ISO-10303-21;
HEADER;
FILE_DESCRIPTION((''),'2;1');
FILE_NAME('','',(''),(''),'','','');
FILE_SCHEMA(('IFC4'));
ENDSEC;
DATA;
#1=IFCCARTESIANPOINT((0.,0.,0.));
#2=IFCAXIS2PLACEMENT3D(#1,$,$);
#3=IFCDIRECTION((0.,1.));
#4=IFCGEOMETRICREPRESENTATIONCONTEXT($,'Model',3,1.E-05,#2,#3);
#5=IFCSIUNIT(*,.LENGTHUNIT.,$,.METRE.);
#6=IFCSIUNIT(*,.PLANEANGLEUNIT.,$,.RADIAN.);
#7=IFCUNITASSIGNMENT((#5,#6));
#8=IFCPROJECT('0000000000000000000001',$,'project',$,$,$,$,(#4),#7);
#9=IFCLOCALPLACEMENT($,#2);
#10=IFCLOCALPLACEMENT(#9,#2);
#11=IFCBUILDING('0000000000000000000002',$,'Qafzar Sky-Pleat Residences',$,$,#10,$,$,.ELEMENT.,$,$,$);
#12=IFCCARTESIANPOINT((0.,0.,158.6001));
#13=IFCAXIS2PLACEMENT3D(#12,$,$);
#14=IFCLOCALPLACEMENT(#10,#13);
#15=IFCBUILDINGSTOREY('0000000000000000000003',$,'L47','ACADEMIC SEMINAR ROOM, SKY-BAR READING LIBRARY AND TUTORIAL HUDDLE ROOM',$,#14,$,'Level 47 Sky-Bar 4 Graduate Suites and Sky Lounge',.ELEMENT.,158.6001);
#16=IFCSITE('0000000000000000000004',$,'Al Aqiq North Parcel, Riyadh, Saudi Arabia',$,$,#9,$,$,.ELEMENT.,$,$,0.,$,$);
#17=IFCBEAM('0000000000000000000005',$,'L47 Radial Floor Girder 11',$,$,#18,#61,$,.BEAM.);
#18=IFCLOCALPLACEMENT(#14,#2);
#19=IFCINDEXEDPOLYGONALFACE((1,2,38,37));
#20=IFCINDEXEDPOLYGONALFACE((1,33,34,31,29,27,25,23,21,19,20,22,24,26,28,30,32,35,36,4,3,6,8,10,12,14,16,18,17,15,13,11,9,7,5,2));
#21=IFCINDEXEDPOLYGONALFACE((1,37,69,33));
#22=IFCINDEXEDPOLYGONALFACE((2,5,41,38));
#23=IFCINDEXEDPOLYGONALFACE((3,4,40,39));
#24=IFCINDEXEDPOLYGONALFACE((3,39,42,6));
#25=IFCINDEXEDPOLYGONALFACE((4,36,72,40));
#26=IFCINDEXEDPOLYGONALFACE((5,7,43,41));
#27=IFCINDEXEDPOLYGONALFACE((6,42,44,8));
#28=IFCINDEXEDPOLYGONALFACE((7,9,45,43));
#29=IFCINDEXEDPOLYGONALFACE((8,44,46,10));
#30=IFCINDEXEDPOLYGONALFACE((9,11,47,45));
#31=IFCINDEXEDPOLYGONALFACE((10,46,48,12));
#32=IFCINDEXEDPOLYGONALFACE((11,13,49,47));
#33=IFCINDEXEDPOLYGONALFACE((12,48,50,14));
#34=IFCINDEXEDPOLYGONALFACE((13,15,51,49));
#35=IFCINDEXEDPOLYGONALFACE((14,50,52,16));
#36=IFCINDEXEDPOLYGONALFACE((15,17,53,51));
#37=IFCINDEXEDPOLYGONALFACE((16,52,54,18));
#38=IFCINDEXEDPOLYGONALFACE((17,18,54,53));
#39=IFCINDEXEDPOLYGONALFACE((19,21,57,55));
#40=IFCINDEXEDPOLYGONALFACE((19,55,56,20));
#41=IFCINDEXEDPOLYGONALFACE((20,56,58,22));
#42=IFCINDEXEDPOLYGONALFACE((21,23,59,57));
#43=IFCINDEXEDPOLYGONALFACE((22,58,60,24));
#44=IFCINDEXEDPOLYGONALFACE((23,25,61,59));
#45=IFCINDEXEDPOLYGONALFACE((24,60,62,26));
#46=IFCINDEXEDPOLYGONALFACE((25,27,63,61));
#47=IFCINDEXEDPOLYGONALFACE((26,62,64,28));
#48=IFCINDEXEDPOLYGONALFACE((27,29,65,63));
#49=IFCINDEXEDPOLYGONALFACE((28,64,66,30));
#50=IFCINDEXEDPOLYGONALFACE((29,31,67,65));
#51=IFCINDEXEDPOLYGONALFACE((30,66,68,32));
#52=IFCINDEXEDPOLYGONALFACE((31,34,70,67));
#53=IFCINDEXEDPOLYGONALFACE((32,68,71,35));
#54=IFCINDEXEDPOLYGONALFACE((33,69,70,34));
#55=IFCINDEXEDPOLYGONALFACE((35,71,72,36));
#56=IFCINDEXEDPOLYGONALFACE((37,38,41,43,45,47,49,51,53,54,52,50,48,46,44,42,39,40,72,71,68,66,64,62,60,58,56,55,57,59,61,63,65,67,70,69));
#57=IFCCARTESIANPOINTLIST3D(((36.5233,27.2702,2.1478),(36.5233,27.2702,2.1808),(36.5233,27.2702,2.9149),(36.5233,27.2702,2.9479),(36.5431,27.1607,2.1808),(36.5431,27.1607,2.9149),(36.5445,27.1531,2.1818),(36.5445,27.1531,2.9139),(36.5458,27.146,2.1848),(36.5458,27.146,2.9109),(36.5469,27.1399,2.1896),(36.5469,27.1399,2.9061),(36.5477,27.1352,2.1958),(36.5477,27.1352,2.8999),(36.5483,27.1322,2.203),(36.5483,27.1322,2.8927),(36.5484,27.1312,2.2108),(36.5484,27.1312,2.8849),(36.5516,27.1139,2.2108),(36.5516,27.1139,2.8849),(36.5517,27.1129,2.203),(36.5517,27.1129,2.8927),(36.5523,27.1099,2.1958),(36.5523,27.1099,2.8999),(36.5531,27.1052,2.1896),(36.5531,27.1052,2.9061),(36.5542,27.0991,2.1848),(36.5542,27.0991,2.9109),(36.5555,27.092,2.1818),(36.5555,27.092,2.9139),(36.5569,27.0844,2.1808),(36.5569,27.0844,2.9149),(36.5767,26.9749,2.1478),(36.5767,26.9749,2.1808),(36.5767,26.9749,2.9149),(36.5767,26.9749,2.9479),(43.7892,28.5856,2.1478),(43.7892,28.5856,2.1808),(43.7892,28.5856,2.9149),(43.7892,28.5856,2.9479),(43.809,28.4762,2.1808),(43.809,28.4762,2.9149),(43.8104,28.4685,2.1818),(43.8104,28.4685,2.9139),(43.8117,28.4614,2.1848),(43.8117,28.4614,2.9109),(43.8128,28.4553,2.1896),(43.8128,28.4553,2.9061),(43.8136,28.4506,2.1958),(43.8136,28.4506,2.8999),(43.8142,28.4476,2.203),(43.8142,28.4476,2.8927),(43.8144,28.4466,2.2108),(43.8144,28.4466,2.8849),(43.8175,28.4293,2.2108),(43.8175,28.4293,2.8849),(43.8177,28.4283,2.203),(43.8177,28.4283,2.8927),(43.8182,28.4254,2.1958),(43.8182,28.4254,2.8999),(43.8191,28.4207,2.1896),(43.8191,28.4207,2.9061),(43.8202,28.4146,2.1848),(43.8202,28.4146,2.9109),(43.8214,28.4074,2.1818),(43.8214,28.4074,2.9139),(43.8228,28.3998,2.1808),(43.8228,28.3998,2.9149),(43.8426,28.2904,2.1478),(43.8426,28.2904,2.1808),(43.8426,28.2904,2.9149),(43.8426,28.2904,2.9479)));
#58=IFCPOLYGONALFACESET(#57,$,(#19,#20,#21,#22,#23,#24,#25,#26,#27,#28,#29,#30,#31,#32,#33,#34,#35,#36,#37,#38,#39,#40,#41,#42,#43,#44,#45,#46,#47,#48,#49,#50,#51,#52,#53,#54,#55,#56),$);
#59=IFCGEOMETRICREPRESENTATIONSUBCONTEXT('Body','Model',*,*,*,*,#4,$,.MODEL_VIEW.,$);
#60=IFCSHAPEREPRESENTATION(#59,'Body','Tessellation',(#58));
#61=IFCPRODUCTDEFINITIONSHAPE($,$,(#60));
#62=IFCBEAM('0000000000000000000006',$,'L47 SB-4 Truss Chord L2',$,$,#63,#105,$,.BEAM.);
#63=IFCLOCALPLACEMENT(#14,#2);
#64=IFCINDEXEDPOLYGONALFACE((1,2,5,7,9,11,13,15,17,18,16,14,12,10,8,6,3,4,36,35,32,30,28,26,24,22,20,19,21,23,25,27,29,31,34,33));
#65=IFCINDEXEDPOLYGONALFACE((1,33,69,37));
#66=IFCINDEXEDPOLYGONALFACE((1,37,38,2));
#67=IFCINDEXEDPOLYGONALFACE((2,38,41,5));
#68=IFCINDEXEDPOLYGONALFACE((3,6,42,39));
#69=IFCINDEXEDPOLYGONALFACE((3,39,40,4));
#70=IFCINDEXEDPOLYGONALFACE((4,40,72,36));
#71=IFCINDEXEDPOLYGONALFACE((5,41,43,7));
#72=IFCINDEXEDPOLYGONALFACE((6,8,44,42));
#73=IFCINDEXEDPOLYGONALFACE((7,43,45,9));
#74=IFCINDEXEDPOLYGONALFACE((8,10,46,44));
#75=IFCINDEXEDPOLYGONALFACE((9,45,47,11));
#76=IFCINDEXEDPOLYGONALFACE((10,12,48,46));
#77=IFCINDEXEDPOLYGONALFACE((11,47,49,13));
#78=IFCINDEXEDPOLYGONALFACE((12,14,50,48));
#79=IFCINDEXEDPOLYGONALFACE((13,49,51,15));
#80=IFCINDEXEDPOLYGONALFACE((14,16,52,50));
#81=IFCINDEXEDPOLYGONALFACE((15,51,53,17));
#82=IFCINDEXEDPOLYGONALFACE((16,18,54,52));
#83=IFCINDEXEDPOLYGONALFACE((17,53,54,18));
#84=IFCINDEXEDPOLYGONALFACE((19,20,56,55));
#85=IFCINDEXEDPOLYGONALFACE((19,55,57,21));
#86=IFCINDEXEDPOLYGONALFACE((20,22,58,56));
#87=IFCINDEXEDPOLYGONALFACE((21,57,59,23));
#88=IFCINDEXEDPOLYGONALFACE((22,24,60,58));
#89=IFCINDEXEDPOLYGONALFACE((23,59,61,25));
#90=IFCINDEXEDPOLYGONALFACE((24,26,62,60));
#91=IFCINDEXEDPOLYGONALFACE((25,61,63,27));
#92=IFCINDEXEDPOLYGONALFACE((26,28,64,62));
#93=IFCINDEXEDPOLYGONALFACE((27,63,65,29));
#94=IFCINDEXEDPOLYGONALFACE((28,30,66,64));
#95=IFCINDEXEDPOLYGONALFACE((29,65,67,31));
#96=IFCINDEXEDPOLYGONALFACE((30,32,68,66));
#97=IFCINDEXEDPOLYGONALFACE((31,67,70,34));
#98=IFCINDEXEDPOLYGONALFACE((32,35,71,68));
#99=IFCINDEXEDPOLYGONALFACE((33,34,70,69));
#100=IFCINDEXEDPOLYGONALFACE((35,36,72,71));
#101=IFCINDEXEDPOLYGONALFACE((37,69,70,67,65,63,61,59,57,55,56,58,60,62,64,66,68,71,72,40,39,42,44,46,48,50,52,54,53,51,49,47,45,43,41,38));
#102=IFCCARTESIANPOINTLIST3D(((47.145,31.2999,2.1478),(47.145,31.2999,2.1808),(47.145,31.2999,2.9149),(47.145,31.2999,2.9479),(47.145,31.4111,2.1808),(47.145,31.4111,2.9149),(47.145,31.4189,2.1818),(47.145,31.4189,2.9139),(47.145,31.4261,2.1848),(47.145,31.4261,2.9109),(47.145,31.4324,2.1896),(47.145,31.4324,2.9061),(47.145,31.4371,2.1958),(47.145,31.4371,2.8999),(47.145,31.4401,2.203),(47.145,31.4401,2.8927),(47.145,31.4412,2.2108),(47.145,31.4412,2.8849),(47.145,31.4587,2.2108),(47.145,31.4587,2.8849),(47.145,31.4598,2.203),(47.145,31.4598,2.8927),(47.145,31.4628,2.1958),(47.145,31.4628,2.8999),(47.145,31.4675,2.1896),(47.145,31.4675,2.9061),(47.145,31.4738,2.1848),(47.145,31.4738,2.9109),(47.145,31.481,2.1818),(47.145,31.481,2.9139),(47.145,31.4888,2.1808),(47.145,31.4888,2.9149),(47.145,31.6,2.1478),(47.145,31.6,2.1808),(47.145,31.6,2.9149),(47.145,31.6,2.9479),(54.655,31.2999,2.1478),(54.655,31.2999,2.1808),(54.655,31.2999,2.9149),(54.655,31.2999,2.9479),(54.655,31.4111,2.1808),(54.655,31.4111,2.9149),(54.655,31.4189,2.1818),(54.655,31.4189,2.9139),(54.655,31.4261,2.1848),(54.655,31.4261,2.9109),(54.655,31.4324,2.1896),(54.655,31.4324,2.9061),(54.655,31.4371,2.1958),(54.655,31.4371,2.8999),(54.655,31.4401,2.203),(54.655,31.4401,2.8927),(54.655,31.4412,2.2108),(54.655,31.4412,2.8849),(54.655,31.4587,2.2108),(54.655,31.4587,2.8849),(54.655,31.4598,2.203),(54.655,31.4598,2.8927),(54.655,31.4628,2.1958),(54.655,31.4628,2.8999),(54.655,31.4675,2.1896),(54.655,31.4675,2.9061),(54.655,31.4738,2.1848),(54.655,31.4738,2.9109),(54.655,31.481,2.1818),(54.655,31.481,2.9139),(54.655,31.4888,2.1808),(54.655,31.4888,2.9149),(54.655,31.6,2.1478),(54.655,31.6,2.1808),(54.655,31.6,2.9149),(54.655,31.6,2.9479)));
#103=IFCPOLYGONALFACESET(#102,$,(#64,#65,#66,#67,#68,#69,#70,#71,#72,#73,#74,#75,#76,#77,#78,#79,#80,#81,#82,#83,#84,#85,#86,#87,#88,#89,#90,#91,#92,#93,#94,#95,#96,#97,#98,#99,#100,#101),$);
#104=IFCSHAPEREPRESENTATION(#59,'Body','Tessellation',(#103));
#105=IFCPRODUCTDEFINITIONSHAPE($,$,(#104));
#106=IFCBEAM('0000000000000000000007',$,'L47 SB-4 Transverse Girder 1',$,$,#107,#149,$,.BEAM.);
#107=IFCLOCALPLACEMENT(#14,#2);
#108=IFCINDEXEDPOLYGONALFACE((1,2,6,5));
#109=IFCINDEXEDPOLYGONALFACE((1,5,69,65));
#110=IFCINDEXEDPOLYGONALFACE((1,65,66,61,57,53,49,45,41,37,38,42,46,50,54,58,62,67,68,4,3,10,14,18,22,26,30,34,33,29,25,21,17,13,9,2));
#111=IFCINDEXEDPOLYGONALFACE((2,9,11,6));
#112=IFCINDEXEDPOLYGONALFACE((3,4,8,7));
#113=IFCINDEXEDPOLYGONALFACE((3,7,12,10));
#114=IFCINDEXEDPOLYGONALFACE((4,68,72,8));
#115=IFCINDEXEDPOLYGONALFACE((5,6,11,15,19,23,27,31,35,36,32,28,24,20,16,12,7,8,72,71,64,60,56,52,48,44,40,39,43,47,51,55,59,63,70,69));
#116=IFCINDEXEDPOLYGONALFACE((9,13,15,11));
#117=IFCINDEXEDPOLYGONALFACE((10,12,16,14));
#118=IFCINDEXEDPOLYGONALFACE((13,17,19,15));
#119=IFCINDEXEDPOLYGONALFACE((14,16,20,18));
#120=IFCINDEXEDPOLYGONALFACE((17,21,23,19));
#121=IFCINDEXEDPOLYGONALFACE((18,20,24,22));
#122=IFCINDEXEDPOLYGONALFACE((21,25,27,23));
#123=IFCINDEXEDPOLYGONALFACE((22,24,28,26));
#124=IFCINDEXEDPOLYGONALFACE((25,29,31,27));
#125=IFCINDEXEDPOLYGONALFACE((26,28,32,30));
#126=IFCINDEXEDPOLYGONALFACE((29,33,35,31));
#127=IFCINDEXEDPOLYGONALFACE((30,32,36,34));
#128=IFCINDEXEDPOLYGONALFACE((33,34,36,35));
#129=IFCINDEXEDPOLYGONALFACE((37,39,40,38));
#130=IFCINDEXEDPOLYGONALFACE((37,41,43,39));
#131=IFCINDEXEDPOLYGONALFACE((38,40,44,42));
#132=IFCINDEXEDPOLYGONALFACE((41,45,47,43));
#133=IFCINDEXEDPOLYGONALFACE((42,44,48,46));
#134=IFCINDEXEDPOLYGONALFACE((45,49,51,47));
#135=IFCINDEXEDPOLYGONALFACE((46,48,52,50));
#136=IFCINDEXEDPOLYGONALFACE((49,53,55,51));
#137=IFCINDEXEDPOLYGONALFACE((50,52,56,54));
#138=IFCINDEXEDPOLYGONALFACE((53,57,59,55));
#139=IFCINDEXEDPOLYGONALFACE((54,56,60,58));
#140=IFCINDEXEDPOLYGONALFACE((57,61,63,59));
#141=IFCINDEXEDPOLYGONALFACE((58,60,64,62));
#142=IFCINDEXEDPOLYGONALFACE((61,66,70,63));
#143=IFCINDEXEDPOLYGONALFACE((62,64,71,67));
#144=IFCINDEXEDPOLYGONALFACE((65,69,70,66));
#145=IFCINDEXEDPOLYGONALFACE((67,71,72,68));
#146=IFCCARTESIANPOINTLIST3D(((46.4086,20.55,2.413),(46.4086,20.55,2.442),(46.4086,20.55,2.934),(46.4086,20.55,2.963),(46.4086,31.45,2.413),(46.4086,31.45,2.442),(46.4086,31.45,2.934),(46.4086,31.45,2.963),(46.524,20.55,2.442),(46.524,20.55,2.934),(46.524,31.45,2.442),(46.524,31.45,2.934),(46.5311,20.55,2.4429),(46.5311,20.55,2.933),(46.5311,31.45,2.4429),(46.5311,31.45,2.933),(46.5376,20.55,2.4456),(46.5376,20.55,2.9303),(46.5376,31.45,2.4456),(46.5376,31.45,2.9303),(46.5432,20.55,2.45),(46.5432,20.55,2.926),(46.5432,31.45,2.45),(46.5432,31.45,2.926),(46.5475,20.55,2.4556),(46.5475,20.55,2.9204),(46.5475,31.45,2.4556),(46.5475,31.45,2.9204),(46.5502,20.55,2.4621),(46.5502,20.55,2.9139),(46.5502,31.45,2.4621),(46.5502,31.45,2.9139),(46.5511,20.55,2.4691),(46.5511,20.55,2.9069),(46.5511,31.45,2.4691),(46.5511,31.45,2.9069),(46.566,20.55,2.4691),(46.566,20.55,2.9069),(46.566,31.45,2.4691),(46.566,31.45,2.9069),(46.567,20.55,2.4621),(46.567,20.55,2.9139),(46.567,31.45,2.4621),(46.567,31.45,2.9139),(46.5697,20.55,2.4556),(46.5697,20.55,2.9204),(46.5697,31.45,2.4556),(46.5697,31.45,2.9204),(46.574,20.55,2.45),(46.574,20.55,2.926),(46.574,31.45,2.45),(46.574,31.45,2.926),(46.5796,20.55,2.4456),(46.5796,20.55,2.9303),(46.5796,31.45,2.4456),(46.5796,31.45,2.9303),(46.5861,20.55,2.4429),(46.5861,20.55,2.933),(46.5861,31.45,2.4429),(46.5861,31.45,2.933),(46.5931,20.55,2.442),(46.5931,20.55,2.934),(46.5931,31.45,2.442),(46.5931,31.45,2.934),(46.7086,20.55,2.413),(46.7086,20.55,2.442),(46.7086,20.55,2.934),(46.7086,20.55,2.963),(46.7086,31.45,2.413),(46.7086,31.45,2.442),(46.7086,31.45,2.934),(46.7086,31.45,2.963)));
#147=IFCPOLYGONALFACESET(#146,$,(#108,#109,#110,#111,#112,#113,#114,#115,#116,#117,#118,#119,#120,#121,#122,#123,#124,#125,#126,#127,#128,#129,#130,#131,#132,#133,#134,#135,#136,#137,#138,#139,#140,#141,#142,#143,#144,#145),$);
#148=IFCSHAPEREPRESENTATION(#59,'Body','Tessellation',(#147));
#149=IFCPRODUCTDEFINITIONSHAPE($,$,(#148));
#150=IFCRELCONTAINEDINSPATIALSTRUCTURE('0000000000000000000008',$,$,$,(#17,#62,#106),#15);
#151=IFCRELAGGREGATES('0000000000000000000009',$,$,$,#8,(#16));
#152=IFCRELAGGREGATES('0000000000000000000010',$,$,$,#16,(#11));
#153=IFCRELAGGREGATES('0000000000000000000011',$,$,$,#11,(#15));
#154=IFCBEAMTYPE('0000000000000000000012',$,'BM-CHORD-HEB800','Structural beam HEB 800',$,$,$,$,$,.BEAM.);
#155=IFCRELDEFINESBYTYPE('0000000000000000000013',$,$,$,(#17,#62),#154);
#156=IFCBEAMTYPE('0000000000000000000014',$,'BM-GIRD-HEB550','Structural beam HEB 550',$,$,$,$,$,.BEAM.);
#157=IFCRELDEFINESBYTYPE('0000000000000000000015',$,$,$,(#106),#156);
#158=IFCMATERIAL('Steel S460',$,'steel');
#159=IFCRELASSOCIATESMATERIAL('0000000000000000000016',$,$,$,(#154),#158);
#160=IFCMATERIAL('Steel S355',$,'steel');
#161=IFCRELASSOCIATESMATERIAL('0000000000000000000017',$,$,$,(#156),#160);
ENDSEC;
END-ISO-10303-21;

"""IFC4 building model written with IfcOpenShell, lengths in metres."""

from ifc_helpers import new_model, si_unit, direction, frame, origin, origin_2d, place, context, subcontext, project, spatial, i_section, extrude, source, transform, mapped, material, material_profile, profile_set, type_object, element, save


model = new_model("IFC4")

# Units and contexts
model_context = context("Model", 3, precision=1e-05, world=origin(), true_north=direction((0.0, 1.0)))
body_context = subcontext(model_context, "Body", "Model", "MODEL_VIEW")
ifc_project = project(units=[si_unit("LENGTHUNIT", "METRE"), si_unit("PLANEANGLEUNIT", "RADIAN")], contexts=[model_context])

# Site, building, storey
site_placement = place(None, origin())
site = spatial("IfcSite", under=ifc_project, at=site_placement, Name="Al Aqiq North Parcel, Riyadh, Saudi Arabia", CompositionType="ELEMENT", RefElevation=0.0)
building_placement = place(site_placement, origin())
building = spatial("IfcBuilding", under=site, at=building_placement, Name="Qafzar Sky-Pleat Residences", CompositionType="ELEMENT")
storey_placement = place(building_placement, frame((0.0, 0.0, 158.6001)))
storey = spatial("IfcBuildingStorey", under=building, at=storey_placement, Name="L47", Description="ACADEMIC SEMINAR ROOM, SKY-BAR READING LIBRARY AND TUTORIAL HUDDLE ROOM", LongName="Level 47 Sky-Bar 4 Graduate Suites and Sky Lounge", CompositionType="ELEMENT", Elevation=158.6001)

# Shared definitions
ifc_material_1 = material(Name="Steel S355", Category="steel")

# Beams
ifc_material_2 = material(Name="Steel S460", Category="steel")
ifc_material_profile_1 = material_profile(ifc_material_2, i_section(OverallWidth=0.3, OverallDepth=0.8, WebThickness=0.0176, FlangeThickness=0.033, FilletRadius=0.03, at=origin_2d()), Name="HEB 800")
ifc_profile_set_1 = profile_set([ifc_material_profile_1], Name="Steel S460")
beam_type_1 = type_object("IfcBeamType", Name="BM-CHORD-HEB800", Description="Structural beam HEB 800", PredefinedType="BEAM", material=ifc_profile_set_1)
shared_shape_1 = source(origin(), body_context, "Body", "SweptSolid", [
    extrude(i_section(OverallWidth=0.3, OverallDepth=0.8, WebThickness=0.0176, FlangeThickness=0.033, FilletRadius=0.03, at=origin_2d()), origin(), (0.0, 0.0, 1.0), 7.384),
])
beam_1_placement = place(storey_placement, frame((43.8159, 28.438, 2.5479), z_axis=(-0.984004, -0.178146, 0.0), x_axis=(0.178146, -0.984004, 0.0)))
element("IfcBeam", 1, at=beam_1_placement, inside=storey, type_object=beam_type_1, Name="L47 Radial Floor Girder 11", PredefinedType="BEAM", context=body_context, shape_type="MappedRepresentation", body=[
    mapped(shared_shape_1, transform((0.0, 0.0, 0.0), x_axis=(1.0, 0.0, 0.0), y_axis=(0.0, 1.0, 0.0), z_axis=(0.0, 0.0, 1.0), scale=1.0)),
])
shared_shape_2 = source(origin(), body_context, "Body", "SweptSolid", [
    extrude(i_section(OverallWidth=0.3, OverallDepth=0.8, WebThickness=0.0176, FlangeThickness=0.033, FilletRadius=0.03, at=origin_2d()), origin(), (0.0, 0.0, 1.0), 7.51),
])
beam_2_placement = place(storey_placement, frame((47.145, 31.45, 2.5479), z_axis=(1.0, 0.0, 0.0), x_axis=(0.0, 1.0, 0.0)))
element("IfcBeam", 2, at=beam_2_placement, inside=storey, type_object=beam_type_1, Name="L47 SB-4 Truss Chord L2", PredefinedType="BEAM", context=body_context, shape_type="MappedRepresentation", body=[
    mapped(shared_shape_2, transform((0.0, 0.0, 0.0), x_axis=(1.0, 0.0, 0.0), y_axis=(0.0, 1.0, 0.0), z_axis=(0.0, 0.0, 1.0), scale=1.0)),
])
ifc_material_profile_2 = material_profile(ifc_material_1, i_section(OverallWidth=0.3, OverallDepth=0.55, WebThickness=0.0149, FlangeThickness=0.0291, FilletRadius=0.0271, at=origin_2d()), Name="HEB 550")
ifc_profile_set_2 = profile_set([ifc_material_profile_2], Name="Steel S355")
beam_type_2 = type_object("IfcBeamType", Name="BM-GIRD-HEB550", Description="Structural beam HEB 550", PredefinedType="BEAM", material=ifc_profile_set_2)
shared_shape_3 = source(origin(), body_context, "Body", "SweptSolid", [
    extrude(i_section(OverallWidth=0.3, OverallDepth=0.55, WebThickness=0.0149, FlangeThickness=0.0291, FilletRadius=0.0271, at=origin_2d()), origin(), (0.0, 0.0, 1.0), 10.8999),
])
beam_3_placement = place(storey_placement, frame((46.5586, 31.45, 2.688), z_axis=(0.0, -1.0, 0.0), x_axis=(1.0, 0.0, 0.0)))
element("IfcBeam", 3, at=beam_3_placement, inside=storey, type_object=beam_type_2, Name="L47 SB-4 Transverse Girder 1", PredefinedType="BEAM", context=body_context, shape_type="MappedRepresentation", body=[
    mapped(shared_shape_3, transform((0.0, 0.0, 0.0), x_axis=(1.0, 0.0, 0.0), y_axis=(0.0, 1.0, 0.0), z_axis=(0.0, 0.0, 1.0), scale=1.0)),
])

save(model, "model.ifc")
